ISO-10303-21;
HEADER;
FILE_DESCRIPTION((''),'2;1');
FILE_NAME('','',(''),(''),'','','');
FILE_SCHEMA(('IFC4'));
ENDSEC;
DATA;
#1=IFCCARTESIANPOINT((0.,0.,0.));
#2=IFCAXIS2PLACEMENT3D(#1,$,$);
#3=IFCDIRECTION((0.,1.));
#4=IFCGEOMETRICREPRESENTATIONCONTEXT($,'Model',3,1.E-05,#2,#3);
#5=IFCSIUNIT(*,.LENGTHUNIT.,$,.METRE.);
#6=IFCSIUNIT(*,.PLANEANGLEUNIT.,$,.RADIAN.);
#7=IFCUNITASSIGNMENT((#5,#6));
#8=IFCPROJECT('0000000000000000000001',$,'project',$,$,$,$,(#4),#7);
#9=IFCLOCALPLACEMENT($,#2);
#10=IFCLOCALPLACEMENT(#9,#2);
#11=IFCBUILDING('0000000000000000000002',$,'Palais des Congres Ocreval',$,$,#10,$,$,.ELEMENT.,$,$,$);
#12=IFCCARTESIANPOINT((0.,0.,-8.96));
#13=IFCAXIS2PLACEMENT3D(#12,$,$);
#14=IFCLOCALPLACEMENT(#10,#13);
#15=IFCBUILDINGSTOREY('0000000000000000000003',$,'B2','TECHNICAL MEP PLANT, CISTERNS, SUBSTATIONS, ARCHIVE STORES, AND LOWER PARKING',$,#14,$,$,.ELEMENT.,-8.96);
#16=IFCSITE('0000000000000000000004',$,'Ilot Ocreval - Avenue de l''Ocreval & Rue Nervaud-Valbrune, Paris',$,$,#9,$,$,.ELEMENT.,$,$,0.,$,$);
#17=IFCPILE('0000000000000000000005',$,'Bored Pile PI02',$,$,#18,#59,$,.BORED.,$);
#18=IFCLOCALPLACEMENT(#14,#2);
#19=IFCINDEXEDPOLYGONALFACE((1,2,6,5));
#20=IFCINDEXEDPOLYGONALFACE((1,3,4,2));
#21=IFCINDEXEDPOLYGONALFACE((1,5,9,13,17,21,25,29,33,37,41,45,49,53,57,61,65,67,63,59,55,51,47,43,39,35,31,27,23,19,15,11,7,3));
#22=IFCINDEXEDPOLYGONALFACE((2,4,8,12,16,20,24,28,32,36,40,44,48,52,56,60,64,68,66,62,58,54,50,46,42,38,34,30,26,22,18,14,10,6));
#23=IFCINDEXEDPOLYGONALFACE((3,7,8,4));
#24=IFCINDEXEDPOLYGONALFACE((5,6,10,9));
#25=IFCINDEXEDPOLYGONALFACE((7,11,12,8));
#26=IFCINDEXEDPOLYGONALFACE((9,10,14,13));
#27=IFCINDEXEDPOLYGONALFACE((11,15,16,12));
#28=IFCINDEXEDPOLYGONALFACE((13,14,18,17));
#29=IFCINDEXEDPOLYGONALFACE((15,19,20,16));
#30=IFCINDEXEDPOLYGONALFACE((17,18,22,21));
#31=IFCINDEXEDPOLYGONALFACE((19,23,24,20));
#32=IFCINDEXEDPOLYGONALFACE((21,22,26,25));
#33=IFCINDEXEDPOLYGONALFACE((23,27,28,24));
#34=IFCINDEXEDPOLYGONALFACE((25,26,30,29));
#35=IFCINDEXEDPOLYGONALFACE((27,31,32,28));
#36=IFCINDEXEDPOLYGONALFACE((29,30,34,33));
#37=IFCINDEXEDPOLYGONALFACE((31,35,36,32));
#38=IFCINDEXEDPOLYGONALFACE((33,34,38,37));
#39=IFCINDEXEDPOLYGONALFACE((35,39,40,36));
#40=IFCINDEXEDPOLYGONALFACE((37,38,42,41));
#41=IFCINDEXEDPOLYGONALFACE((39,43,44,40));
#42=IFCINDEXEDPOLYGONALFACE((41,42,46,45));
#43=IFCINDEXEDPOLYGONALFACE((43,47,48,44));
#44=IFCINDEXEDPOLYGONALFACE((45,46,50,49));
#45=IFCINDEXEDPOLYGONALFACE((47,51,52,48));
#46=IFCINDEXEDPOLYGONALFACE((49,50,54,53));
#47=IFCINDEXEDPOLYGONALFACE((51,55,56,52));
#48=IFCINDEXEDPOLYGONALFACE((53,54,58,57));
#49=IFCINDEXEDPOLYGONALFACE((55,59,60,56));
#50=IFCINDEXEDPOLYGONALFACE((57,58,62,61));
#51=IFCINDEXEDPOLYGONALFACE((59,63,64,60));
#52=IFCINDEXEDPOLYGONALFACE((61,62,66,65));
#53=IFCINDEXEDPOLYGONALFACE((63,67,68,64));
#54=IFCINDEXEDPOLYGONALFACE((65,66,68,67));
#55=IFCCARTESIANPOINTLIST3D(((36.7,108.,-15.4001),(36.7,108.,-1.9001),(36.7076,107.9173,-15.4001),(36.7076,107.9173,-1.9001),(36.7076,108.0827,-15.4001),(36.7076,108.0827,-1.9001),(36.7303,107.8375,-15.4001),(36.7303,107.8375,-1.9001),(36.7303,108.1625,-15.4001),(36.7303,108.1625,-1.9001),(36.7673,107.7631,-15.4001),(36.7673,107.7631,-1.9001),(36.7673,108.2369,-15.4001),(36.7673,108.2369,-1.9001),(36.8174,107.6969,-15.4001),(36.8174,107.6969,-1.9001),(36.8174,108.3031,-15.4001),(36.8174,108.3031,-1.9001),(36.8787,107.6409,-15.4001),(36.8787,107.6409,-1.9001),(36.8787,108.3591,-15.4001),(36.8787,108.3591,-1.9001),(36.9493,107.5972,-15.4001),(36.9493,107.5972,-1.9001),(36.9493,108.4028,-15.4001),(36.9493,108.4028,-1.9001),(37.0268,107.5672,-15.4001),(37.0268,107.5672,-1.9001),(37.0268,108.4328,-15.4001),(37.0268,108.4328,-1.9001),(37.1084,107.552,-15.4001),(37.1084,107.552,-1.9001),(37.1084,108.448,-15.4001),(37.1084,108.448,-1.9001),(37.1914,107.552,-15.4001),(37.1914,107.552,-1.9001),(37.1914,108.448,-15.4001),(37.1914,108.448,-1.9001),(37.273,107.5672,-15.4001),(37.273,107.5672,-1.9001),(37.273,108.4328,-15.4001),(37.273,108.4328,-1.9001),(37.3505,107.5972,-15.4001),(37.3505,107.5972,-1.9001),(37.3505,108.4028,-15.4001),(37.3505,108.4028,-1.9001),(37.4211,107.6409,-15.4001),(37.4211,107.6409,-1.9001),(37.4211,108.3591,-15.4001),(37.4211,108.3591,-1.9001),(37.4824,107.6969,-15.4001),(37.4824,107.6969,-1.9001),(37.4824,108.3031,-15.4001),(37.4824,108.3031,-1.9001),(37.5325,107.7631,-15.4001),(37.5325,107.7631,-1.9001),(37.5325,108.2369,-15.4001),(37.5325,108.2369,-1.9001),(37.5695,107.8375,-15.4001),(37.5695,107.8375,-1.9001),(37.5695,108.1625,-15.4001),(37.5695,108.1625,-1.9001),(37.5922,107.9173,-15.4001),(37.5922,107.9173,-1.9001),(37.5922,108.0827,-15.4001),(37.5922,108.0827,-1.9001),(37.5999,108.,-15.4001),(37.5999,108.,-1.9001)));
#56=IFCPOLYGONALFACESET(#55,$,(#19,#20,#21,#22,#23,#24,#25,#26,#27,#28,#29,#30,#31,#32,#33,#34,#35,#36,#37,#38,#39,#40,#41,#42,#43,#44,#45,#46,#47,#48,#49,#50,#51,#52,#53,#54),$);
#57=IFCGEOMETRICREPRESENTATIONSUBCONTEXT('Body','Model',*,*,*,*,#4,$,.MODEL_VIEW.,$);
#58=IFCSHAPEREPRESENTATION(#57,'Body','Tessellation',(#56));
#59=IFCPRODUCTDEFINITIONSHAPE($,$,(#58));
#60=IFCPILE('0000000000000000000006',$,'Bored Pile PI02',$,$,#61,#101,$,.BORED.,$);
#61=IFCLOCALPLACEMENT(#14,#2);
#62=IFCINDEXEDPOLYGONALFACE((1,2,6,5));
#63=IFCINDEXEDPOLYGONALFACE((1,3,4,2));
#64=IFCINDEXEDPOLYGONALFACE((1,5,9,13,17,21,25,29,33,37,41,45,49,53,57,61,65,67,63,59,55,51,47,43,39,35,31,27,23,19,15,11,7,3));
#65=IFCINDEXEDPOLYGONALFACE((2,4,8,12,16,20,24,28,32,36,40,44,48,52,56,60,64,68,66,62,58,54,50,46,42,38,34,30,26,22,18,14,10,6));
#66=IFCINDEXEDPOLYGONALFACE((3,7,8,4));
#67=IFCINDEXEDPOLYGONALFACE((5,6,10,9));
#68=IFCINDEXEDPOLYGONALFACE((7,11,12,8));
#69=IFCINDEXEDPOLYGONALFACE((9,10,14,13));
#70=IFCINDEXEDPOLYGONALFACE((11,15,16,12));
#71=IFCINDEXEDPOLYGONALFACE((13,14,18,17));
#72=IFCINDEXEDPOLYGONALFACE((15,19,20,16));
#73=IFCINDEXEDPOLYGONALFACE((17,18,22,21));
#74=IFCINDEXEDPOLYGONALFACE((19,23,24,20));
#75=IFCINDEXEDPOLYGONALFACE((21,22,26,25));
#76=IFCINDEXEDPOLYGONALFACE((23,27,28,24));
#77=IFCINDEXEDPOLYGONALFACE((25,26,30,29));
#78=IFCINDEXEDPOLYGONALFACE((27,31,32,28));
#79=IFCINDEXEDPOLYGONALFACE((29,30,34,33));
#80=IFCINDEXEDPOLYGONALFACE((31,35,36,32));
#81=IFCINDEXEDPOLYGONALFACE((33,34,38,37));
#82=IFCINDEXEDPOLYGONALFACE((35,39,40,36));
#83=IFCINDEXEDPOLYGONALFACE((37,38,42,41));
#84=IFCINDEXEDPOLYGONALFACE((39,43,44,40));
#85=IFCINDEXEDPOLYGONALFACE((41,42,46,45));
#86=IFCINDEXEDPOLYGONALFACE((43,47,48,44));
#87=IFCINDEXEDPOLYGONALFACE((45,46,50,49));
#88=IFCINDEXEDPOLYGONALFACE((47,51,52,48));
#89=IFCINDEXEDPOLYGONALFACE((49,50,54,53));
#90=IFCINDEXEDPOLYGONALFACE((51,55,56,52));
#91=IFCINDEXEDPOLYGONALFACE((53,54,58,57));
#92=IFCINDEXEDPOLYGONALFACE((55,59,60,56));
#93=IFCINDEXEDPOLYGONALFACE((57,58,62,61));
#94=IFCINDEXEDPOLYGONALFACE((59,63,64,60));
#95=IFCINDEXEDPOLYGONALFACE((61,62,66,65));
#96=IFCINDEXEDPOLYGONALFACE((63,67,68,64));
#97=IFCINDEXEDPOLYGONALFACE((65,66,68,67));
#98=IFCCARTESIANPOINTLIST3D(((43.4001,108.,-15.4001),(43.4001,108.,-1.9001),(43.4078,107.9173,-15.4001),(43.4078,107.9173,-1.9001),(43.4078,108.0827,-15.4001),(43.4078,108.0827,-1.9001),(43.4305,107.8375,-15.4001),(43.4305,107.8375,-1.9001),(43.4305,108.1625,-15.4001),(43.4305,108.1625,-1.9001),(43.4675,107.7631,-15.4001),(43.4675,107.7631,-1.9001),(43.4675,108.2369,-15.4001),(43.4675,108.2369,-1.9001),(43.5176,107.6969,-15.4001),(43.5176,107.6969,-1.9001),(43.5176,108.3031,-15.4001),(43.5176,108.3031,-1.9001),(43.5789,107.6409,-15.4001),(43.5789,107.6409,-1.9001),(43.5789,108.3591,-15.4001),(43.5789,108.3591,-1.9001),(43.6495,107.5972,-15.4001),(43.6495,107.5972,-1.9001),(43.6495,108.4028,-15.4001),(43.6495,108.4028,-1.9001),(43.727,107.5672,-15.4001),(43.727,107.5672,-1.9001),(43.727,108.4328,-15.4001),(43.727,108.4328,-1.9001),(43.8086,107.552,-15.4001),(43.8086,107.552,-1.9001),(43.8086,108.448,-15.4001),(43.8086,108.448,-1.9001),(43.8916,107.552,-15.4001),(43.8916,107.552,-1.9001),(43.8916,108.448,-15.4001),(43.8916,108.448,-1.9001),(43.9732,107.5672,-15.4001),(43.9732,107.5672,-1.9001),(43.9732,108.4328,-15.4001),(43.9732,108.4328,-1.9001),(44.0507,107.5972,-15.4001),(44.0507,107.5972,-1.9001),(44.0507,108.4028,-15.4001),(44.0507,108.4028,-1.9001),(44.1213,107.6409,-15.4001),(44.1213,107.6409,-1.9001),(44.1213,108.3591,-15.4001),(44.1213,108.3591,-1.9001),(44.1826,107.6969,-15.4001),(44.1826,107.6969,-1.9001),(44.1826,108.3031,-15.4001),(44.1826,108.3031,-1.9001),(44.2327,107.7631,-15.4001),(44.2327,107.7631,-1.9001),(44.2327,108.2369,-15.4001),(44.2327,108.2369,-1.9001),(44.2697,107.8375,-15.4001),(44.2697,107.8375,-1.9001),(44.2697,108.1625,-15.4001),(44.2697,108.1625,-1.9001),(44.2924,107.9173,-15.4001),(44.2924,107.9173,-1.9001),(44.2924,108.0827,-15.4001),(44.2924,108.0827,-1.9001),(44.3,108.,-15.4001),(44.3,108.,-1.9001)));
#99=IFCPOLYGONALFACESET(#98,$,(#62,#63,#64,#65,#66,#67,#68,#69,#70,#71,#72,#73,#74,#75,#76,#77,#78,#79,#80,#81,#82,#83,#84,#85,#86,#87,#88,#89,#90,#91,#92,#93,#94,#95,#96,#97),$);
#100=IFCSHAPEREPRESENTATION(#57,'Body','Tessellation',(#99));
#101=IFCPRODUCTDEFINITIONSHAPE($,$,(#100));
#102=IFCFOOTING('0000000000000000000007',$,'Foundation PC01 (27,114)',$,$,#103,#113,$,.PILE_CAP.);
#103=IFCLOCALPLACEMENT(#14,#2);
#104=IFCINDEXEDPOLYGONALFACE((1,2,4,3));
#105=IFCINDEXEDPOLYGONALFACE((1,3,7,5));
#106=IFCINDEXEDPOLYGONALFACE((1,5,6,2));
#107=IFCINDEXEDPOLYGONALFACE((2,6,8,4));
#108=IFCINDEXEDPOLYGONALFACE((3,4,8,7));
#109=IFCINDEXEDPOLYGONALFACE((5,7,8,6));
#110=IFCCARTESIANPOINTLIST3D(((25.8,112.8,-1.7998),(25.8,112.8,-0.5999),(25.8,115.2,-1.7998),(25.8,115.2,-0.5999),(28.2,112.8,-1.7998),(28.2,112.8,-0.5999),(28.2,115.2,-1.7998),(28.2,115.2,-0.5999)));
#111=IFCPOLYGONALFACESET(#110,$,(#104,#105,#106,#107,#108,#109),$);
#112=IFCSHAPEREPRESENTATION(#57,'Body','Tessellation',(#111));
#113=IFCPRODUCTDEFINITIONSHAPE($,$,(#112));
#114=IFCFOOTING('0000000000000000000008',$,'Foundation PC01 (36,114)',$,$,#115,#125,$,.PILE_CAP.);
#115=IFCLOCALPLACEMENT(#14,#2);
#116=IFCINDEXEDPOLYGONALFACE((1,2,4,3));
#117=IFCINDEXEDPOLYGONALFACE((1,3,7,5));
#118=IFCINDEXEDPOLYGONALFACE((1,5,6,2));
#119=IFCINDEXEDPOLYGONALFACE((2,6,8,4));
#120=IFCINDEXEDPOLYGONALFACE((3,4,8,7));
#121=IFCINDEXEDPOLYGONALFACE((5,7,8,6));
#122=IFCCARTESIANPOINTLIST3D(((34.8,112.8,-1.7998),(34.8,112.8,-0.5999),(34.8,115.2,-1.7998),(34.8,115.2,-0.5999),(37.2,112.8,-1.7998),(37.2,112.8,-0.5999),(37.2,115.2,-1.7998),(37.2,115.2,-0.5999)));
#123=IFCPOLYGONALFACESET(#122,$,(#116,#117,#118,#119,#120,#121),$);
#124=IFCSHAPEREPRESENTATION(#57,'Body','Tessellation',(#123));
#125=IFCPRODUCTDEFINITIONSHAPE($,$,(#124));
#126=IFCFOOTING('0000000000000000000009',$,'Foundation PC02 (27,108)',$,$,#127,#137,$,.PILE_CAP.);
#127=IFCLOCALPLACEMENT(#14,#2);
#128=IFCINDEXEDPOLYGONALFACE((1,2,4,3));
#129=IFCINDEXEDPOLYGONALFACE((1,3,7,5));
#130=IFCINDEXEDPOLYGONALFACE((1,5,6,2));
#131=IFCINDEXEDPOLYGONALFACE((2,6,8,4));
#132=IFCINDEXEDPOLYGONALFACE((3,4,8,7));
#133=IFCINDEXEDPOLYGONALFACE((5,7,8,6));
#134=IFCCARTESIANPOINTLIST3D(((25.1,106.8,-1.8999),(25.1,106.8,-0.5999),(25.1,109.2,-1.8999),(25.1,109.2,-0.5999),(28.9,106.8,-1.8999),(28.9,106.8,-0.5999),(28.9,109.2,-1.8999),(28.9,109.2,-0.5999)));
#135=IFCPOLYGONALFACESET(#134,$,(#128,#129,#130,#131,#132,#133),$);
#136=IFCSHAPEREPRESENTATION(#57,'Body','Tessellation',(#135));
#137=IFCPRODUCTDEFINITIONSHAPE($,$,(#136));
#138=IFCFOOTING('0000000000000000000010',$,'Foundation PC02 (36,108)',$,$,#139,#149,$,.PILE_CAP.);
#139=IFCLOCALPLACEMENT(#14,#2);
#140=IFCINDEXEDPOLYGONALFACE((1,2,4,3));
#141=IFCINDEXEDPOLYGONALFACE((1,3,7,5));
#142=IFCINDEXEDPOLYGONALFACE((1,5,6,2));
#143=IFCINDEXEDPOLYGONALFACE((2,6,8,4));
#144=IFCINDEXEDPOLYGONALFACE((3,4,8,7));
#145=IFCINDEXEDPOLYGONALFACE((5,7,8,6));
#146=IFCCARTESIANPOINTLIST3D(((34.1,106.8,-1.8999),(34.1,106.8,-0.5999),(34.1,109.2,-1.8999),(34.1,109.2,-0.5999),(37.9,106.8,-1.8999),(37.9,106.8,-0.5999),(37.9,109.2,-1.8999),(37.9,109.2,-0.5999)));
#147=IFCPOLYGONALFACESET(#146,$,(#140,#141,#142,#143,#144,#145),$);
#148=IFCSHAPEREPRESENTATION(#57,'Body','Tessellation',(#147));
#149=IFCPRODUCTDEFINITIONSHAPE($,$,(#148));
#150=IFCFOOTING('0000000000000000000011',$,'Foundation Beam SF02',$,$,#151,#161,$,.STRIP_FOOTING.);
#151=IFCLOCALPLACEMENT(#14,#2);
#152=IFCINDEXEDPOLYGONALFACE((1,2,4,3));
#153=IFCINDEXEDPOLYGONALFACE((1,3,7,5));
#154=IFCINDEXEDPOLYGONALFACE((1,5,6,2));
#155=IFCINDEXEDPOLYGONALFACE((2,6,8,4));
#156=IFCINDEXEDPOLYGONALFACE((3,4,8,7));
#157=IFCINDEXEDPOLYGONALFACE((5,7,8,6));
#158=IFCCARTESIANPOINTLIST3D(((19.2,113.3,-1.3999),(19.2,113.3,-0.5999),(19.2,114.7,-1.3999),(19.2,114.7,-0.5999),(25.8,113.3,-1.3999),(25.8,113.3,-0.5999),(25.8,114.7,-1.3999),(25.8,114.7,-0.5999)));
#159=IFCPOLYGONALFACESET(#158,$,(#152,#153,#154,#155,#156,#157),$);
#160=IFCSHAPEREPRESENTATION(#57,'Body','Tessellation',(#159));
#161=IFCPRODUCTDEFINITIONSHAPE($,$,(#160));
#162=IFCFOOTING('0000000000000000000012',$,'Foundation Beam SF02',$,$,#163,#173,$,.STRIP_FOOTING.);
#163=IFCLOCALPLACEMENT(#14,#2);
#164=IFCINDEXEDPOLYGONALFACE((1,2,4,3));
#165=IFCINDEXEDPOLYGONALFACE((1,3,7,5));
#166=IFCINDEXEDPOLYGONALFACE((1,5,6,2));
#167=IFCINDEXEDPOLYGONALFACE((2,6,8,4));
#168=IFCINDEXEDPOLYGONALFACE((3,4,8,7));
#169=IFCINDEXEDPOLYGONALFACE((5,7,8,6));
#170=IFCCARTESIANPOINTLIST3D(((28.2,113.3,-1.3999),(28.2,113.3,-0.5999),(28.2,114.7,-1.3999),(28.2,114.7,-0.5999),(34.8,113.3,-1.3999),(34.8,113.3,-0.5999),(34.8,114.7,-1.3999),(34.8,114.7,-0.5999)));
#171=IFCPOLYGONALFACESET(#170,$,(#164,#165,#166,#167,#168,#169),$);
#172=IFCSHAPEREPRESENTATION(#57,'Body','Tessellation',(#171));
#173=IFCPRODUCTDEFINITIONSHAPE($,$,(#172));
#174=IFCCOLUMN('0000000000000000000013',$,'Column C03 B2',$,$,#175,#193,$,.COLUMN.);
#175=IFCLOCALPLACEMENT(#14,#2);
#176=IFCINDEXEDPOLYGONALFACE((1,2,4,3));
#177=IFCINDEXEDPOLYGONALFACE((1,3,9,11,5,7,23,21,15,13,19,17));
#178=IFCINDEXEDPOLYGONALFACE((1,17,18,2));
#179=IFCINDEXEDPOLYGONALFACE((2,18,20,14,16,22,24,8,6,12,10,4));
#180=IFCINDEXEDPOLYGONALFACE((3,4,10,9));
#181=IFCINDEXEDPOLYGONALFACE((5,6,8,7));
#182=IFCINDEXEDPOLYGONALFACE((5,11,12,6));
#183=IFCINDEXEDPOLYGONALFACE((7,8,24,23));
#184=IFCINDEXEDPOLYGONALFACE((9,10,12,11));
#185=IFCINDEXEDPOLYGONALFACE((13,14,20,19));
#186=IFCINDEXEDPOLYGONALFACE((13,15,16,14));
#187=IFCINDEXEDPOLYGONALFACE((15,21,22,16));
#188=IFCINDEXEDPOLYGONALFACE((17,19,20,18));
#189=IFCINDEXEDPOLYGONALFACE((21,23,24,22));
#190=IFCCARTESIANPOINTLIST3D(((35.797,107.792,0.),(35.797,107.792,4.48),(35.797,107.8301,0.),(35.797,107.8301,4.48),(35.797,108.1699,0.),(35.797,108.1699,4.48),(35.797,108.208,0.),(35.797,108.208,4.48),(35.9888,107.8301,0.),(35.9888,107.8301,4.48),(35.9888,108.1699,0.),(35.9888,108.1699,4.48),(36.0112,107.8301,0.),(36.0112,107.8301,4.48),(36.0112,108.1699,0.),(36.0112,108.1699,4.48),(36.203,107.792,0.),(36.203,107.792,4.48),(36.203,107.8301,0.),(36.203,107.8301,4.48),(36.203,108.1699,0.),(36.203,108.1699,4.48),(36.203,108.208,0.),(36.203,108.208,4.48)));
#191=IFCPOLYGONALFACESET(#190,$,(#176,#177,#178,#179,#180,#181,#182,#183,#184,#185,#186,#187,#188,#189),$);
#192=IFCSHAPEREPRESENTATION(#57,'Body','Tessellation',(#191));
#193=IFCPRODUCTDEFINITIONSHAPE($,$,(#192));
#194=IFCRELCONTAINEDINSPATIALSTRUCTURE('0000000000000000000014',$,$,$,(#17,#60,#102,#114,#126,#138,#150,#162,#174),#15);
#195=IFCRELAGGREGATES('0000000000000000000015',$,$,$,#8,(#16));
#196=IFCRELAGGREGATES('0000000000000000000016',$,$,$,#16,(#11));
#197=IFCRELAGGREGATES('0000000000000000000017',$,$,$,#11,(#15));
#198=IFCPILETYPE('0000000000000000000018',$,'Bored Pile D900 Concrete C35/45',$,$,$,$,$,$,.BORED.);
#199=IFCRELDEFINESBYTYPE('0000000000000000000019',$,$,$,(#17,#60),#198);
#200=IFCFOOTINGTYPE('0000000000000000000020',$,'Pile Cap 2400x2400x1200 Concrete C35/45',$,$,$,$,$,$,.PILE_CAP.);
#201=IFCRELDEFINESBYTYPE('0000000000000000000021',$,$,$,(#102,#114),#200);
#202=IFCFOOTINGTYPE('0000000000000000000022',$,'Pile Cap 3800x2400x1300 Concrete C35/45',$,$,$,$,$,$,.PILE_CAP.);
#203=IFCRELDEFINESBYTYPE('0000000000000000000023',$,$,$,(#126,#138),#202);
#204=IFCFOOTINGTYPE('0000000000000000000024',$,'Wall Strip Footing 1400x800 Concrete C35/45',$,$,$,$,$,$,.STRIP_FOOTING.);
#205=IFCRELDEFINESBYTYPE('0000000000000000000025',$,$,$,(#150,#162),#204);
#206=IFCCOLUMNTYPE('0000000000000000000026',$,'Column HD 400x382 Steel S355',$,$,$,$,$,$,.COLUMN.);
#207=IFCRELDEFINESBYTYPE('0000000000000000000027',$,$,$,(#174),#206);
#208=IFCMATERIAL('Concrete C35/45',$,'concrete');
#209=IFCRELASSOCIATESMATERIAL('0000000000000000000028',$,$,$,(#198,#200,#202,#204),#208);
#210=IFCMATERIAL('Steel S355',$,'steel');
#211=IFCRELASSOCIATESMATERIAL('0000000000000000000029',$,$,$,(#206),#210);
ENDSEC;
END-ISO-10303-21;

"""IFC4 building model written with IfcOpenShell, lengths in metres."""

from ifc_helpers import new_model, si_unit, direction, frame, origin, origin_2d, place, context, subcontext, project, spatial, rectangle, circle, i_section, extrude, material, material_profile, profile_set, type_object, element, save


model = new_model("IFC4")

# Units and contexts
model_context = context("Model", 3, precision=1e-05, world=origin(), true_north=direction((0.0, 1.0)))
body_context = subcontext(model_context, "Body", "Model", "MODEL_VIEW")
ifc_project = project(units=[si_unit("LENGTHUNIT", "METRE"), si_unit("PLANEANGLEUNIT", "RADIAN")], contexts=[model_context])

# Site, building, storey
site_placement = place(None, origin())
site = spatial("IfcSite", under=ifc_project, at=site_placement, Name="Ilot Ocreval - Avenue de l'Ocreval & Rue Nervaud-Valbrune, Paris", CompositionType="ELEMENT", RefElevation=0.0)
building_placement = place(site_placement, origin())
building = spatial("IfcBuilding", under=site, at=building_placement, Name="Palais des Congres Ocreval", CompositionType="ELEMENT")
storey_placement = place(building_placement, frame((0.0, 0.0, -8.96)))
storey = spatial("IfcBuildingStorey", under=building, at=storey_placement, Name="B2", Description="TECHNICAL MEP PLANT, CISTERNS, SUBSTATIONS, ARCHIVE STORES, AND LOWER PARKING", CompositionType="ELEMENT", Elevation=-8.96)

# Piles
ifc_material_1 = material(Name="Concrete C35/45", Category="concrete")
ifc_material_profile_1 = material_profile(ifc_material_1, circle(Radius=0.45, at=origin_2d()), Name="BORED PILE 900")
ifc_profile_set_1 = profile_set([ifc_material_profile_1], Name="Concrete C35/45")
pile_type_1 = type_object("IfcPileType", Name="Bored Pile D900 Concrete C35/45", PredefinedType="BORED", material=ifc_profile_set_1)
for number, where, z_axis, x_axis, name in (
    (1, (37.1499, 108.0, -1.9001), (0.0, 0.0, -1.0), (1.0, 0.0, 0.0), "Bored Pile PI02"),
    (2, (43.8501, 108.0, -1.9001), (0.0, 0.0, -1.0), (1.0, 0.0, 0.0), "Bored Pile PI02"),
):
    element("IfcPile", number, at=place(storey_placement, frame(where, z_axis=z_axis, x_axis=x_axis)), inside=storey, type_object=pile_type_1, Name=name, PredefinedType="BORED", context=body_context, shape_type="SweptSolid", body=[
        extrude(circle(Radius=0.45, at=origin_2d()), origin(), (0.0, 0.0, 1.0), 13.5),
    ])

# Footings
footing_type_1 = type_object("IfcFootingType", Name="Pile Cap 2400x2400x1200 Concrete C35/45", PredefinedType="PILE_CAP", material=ifc_material_1)
for number, where, z_axis, x_axis, name in (
    (3, (27.0, 114.0, -1.7998), (0.0, 0.0, 1.0), (1.0, 0.0, 0.0), "Foundation PC01 (27,114)"),
    (4, (36.0, 114.0, -1.7998), (0.0, 0.0, 1.0), (1.0, 0.0, 0.0), "Foundation PC01 (36,114)"),
):
    element("IfcFooting", number, at=place(storey_placement, frame(where, z_axis=z_axis, x_axis=x_axis)), inside=storey, type_object=footing_type_1, Name=name, PredefinedType="PILE_CAP", context=body_context, shape_type="SweptSolid", body=[
        extrude(rectangle(XDim=2.3999, YDim=2.3999, at=origin_2d()), origin(), (0.0, 0.0, 1.0), 1.2),
    ])
footing_type_2 = type_object("IfcFootingType", Name="Pile Cap 3800x2400x1300 Concrete C35/45", PredefinedType="PILE_CAP", material=ifc_material_1)
for number, where, z_axis, x_axis, name in (
    (5, (27.0, 108.0, -1.8999), (0.0, 0.0, 1.0), (1.0, 0.0, 0.0), "Foundation PC02 (27,108)"),
    (6, (36.0, 108.0, -1.8999), (0.0, 0.0, 1.0), (1.0, 0.0, 0.0), "Foundation PC02 (36,108)"),
):
    element("IfcFooting", number, at=place(storey_placement, frame(where, z_axis=z_axis, x_axis=x_axis)), inside=storey, type_object=footing_type_2, Name=name, PredefinedType="PILE_CAP", context=body_context, shape_type="SweptSolid", body=[
        extrude(rectangle(XDim=3.8, YDim=2.3999, at=origin_2d()), origin(), (0.0, 0.0, 1.0), 1.3),
    ])
footing_type_3 = type_object("IfcFootingType", Name="Wall Strip Footing 1400x800 Concrete C35/45", PredefinedType="STRIP_FOOTING", material=ifc_material_1)
for number, where, z_axis, x_axis, name in (
    (7, (22.5, 114.0, -1.3999), (0.0, 0.0, 1.0), (1.0, 0.0, 0.0), "Foundation Beam SF02"),
    (8, (31.5, 114.0, -1.3999), (0.0, 0.0, 1.0), (1.0, 0.0, 0.0), "Foundation Beam SF02"),
):
    element("IfcFooting", number, at=place(storey_placement, frame(where, z_axis=z_axis, x_axis=x_axis)), inside=storey, type_object=footing_type_3, Name=name, PredefinedType="STRIP_FOOTING", context=body_context, shape_type="SweptSolid", body=[
        extrude(rectangle(XDim=6.6001, YDim=1.3999, at=origin_2d()), origin(), (0.0, 0.0, 1.0), 0.8),
    ])

# Column
ifc_material_2 = material(Name="Steel S355", Category="steel")
ifc_material_profile_2 = material_profile(ifc_material_2, i_section(OverallWidth=0.406, OverallDepth=0.416, WebThickness=0.0225, FlangeThickness=0.0381, at=origin_2d()), Name="HD 400x382")
ifc_profile_set_2 = profile_set([ifc_material_profile_2], Name="Steel S355")
column_type_1 = type_object("IfcColumnType", Name="Column HD 400x382 Steel S355", PredefinedType="COLUMN", material=ifc_profile_set_2)
column_placement = place(storey_placement, frame((36.0, 108.0, 0.0), z_axis=(0.0, 0.0, 1.0), x_axis=(1.0, 0.0, 0.0)))
element("IfcColumn", 9, at=column_placement, inside=storey, type_object=column_type_1, Name="Column C03 B2", PredefinedType="COLUMN", context=body_context, shape_type="SweptSolid", body=[
    extrude(i_section(OverallWidth=0.406, OverallDepth=0.416, WebThickness=0.0225, FlangeThickness=0.0381, at=origin_2d()), origin(), (0.0, 0.0, 1.0), 4.48),
])

save(model, "model.ifc")
